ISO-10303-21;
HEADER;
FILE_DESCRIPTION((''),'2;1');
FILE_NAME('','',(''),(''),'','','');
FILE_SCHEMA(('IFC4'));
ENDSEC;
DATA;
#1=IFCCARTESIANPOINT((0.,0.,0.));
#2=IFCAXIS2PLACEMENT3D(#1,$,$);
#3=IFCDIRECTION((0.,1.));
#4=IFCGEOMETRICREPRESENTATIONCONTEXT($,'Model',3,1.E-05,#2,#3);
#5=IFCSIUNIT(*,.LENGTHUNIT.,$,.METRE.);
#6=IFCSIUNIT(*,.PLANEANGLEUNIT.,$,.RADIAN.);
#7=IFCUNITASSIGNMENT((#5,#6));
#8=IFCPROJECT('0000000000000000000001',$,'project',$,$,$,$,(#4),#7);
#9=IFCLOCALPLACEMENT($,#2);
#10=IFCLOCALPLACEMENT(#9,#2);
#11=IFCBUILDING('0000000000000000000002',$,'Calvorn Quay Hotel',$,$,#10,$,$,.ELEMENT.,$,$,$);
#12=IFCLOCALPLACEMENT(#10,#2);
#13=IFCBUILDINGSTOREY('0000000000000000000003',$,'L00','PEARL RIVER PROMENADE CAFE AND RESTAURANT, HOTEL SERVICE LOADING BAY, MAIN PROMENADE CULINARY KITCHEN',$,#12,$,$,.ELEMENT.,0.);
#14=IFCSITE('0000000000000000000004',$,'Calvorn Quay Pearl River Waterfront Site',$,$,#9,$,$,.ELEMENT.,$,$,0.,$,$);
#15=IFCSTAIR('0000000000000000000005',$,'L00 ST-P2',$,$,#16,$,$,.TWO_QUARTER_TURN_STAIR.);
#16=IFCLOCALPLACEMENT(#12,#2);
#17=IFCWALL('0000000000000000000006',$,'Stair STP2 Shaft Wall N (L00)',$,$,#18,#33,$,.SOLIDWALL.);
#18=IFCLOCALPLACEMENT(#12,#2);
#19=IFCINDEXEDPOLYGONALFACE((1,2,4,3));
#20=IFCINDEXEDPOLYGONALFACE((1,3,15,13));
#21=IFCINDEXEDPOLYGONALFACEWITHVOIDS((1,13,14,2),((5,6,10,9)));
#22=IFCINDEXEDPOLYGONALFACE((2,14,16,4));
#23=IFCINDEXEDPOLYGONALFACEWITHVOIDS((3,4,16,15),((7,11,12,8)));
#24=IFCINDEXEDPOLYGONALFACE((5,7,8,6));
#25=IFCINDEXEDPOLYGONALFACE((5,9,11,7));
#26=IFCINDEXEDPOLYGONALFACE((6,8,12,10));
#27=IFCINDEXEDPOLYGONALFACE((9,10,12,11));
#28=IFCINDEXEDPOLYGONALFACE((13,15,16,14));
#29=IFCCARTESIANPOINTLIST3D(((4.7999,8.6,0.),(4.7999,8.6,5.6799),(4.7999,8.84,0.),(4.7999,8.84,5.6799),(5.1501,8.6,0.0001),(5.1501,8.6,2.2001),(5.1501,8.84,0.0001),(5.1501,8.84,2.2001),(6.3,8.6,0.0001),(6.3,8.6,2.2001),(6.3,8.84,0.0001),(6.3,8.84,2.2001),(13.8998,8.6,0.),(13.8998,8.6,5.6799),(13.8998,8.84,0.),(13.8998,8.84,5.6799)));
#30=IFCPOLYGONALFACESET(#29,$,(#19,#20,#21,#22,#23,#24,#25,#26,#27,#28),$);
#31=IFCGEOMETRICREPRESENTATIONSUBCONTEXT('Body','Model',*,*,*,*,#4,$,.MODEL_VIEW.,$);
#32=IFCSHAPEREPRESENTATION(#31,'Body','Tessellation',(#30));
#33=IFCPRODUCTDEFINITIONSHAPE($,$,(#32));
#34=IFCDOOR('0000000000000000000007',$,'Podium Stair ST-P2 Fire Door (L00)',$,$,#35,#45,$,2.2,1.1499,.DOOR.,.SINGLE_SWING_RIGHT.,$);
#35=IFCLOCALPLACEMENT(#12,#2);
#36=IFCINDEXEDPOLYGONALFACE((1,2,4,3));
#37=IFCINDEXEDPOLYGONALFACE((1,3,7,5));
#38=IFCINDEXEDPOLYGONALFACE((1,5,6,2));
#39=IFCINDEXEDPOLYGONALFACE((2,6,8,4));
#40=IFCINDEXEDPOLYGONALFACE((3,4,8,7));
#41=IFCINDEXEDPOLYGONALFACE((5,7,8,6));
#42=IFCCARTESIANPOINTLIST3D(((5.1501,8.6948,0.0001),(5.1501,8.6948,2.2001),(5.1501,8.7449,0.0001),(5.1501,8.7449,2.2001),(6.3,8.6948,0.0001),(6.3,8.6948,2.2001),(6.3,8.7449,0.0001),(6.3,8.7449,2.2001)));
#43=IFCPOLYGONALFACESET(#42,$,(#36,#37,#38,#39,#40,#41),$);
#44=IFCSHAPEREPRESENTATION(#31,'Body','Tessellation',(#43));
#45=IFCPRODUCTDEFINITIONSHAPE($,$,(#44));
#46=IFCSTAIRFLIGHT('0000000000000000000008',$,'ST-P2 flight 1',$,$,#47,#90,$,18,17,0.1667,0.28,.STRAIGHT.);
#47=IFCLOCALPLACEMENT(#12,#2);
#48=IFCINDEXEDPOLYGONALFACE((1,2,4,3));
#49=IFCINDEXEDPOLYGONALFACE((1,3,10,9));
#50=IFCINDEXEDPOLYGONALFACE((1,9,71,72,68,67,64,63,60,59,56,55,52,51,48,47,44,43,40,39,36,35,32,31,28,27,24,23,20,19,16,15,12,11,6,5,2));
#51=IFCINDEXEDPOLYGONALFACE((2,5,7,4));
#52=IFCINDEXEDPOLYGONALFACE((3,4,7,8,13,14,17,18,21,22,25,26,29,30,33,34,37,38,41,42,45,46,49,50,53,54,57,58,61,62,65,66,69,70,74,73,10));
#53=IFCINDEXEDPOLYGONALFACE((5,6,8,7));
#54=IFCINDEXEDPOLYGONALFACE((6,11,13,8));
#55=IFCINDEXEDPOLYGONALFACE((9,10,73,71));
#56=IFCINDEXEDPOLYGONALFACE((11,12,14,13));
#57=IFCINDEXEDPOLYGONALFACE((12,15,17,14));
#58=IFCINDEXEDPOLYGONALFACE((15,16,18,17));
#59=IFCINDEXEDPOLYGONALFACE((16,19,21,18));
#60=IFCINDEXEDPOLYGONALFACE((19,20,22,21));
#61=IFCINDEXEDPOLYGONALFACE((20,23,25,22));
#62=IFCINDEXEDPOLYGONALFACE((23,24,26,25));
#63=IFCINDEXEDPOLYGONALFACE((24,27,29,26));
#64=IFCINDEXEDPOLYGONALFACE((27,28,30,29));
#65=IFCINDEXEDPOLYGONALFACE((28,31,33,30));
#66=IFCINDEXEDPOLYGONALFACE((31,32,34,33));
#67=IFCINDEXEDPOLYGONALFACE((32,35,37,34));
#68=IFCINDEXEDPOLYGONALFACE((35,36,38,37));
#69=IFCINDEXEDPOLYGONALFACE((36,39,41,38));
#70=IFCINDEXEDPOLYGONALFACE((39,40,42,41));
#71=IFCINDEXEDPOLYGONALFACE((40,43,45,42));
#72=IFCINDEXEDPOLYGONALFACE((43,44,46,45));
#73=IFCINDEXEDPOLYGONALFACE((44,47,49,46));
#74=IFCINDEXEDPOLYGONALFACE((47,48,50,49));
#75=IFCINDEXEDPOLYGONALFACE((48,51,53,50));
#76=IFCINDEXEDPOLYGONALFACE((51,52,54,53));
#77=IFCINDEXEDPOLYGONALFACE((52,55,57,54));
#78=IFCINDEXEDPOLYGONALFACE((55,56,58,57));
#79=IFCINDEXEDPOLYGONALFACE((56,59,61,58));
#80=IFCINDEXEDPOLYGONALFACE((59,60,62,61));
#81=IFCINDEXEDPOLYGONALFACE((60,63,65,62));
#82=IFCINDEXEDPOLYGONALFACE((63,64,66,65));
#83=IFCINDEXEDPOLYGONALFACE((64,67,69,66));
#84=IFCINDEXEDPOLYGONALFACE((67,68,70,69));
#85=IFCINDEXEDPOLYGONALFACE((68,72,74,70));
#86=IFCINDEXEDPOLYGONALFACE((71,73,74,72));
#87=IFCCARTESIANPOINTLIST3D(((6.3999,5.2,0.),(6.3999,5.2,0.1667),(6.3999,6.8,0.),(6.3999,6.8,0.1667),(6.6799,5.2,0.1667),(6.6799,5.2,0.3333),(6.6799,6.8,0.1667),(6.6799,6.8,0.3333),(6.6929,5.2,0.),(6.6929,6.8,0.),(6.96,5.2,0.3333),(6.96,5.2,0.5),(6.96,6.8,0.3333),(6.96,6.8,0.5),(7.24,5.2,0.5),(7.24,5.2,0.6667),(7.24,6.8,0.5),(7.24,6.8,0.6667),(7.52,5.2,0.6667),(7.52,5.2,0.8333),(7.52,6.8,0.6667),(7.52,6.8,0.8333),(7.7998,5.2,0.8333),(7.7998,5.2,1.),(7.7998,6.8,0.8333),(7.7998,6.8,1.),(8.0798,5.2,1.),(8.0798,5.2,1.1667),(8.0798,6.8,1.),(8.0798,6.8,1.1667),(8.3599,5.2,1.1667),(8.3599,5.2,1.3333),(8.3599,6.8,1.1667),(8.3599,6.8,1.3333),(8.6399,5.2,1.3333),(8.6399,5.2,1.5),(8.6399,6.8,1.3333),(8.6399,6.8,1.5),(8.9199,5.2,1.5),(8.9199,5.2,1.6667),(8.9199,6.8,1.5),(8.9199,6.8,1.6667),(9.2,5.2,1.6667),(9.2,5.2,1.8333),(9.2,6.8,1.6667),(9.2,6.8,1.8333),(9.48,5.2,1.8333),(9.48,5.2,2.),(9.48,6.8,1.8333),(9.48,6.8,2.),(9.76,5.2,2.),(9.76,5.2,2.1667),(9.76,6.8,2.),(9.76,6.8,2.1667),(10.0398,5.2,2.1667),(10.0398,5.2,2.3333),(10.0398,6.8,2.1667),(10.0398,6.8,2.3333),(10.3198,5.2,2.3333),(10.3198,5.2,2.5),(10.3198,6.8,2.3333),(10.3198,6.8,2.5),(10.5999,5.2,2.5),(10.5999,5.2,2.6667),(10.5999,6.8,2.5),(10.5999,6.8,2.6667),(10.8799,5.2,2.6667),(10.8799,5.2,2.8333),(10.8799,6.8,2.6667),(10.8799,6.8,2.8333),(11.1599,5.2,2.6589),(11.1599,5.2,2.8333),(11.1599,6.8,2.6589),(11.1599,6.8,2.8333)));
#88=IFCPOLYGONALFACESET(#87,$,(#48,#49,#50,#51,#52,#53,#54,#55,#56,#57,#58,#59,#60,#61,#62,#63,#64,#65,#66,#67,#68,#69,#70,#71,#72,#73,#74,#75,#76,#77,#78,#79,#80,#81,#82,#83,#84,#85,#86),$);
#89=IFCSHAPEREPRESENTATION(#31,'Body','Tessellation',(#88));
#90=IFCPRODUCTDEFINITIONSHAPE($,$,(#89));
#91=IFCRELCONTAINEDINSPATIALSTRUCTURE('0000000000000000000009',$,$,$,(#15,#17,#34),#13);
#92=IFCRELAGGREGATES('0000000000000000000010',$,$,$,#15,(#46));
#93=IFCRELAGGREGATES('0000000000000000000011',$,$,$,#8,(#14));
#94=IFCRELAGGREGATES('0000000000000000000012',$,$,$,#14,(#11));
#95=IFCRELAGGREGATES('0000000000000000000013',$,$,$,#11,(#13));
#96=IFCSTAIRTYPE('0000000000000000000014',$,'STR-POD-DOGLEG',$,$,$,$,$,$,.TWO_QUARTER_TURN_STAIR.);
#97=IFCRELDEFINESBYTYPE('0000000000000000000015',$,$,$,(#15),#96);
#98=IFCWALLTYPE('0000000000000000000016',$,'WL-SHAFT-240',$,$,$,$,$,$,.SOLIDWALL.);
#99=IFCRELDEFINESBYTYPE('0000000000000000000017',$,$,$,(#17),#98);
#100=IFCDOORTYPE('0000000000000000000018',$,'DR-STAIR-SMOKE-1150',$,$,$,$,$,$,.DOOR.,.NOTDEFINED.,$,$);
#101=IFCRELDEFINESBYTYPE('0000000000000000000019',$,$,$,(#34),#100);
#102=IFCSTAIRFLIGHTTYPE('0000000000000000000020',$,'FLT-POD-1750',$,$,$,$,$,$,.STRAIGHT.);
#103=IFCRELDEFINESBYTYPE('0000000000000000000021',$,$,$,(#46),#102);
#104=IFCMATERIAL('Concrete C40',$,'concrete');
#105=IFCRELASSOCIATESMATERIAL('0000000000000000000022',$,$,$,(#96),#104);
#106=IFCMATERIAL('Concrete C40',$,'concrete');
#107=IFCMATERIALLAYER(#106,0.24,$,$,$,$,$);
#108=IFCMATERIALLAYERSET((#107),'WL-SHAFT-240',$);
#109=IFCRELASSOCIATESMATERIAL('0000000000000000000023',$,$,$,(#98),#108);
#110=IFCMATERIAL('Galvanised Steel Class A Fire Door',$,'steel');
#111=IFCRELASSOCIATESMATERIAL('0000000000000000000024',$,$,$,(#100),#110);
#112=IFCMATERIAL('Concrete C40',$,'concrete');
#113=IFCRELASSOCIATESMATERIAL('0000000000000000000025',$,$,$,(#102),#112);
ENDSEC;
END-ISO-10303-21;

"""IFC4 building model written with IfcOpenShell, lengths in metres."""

from ifc_helpers import new_model, si_unit, direction, frame, frame_2d, origin, place, context, subcontext, project, spatial, polyline, rectangle, outline, extrude, material, layer, layer_set, type_object, element, fill, aggregate, save


model = new_model("IFC4")

# Units and contexts
model_context = context("Model", 3, precision=1e-05, world=origin(), true_north=direction((0.0, 1.0)))
body_context = subcontext(model_context, "Body", "Model", "MODEL_VIEW")
ifc_project = project(units=[si_unit("LENGTHUNIT", "METRE"), si_unit("PLANEANGLEUNIT", "RADIAN")], contexts=[model_context])

# Site, building, storey
site_placement = place(None, origin())
site = spatial("IfcSite", under=ifc_project, at=site_placement, Name="Calvorn Quay Pearl River Waterfront Site", CompositionType="ELEMENT", RefElevation=0.0)
building_placement = place(site_placement, origin())
building = spatial("IfcBuilding", under=site, at=building_placement, Name="Calvorn Quay Hotel", CompositionType="ELEMENT")
storey_placement = place(building_placement, origin())
storey = spatial("IfcBuildingStorey", under=building, at=storey_placement, Name="L00", Description="PEARL RIVER PROMENADE CAFE AND RESTAURANT, HOTEL SERVICE LOADING BAY, MAIN PROMENADE CULINARY KITCHEN", CompositionType="ELEMENT", Elevation=0.0)

# Stair
ifc_material_1 = material(Name="Concrete C40", Category="concrete")
stair_type_1 = type_object("IfcStairType", Name="STR-POD-DOGLEG", PredefinedType="TWO_QUARTER_TURN_STAIR", material=ifc_material_1)
stair_1_placement = place(storey_placement, origin())
stair_1 = element("IfcStair", 1, at=stair_1_placement, inside=storey, type_object=stair_type_1, Name="L00 ST-P2", PredefinedType="TWO_QUARTER_TURN_STAIR")

# Shared definitions
ifc_material_2 = material(Name="Concrete C40", Category="concrete")
ifc_layer_1 = layer(ifc_material_2, 0.24)
ifc_layer_set_1 = layer_set([ifc_layer_1], Name="WL-SHAFT-240")
wall_type_1 = type_object("IfcWallType", Name="WL-SHAFT-240", PredefinedType="SOLIDWALL", material=ifc_layer_set_1)

# Wall, opening, door
wall_1_placement = place(storey_placement, frame((4.8, 8.72, 0.0), z_axis=(0.0, 0.0, 1.0), x_axis=(1.0, 0.0, 0.0)))
wall_1 = element("IfcWall", 2, at=wall_1_placement, inside=storey, type_object=wall_type_1, Name="Stair STP2 Shaft Wall N (L00)", PredefinedType="SOLIDWALL", context=body_context, shape_type="SweptSolid", body=[
    extrude(rectangle(XDim=9.0999, YDim=0.24, at=frame_2d((4.5498, 0.0))), origin(), (0.0, 0.0, 1.0), 5.6799),
])
opening_1_placement = place(wall_1_placement, frame((0.3501, 0.0, 0.0)))
opening_1 = element("IfcOpeningElement", 3, at=opening_1_placement, cuts=wall_1, PredefinedType="OPENING", context=body_context, shape_type="SweptSolid", body=[
    extrude(rectangle(XDim=1.1499, YDim=2.2, at=frame_2d((0.575, 1.1001))), frame((0.0, 0.1299, 0.0), z_axis=(0.0, -1.0, 0.0), x_axis=(1.0, 0.0, 0.0)), (0.0, 0.0, 1.0), 0.26),
])
ifc_material_3 = material(Name="Galvanised Steel Class A Fire Door", Category="steel")
door_type_1 = type_object("IfcDoorType", Name="DR-STAIR-SMOKE-1150", OperationType="NOTDEFINED", PredefinedType="DOOR", material=ifc_material_3)
door_1_placement = place(opening_1_placement, origin())
door_1 = element("IfcDoor", 4, at=door_1_placement, inside=storey, type_object=door_type_1, Name="Podium Stair ST-P2 Fire Door (L00)", OperationType="SINGLE_SWING_RIGHT", OverallHeight=2.2, OverallWidth=1.1499, PredefinedType="DOOR", context=body_context, shape_type="SweptSolid", body=[
    extrude(rectangle(XDim=1.1499, YDim=2.2, at=frame_2d((0.575, 1.1001))), frame((0.0, 0.0249, 0.0), z_axis=(0.0, -1.0, 0.0), x_axis=(1.0, 0.0, 0.0)), (0.0, 0.0, 1.0), 0.05),
])
fill(opening_1, door_1)

# Stair flight
ifc_material_4 = material(Name="Concrete C40", Category="concrete")
stair_flight_type = type_object("IfcStairFlightType", Name="FLT-POD-1750", PredefinedType="STRAIGHT", material=ifc_material_4)
stair_flight_placement = place(storey_placement, frame((6.3999, 6.0, 0.0), z_axis=(0.0, 0.0, 1.0), x_axis=(1.0, 0.0, 0.0)))
stair_flight = element("IfcStairFlight", 5, at=stair_flight_placement, type_object=stair_flight_type, Name="ST-P2 flight 1", NumberOfRisers=18, NumberOfTreads=17, PredefinedType="STRAIGHT", RiserHeight=0.1667, TreadLength=0.28, context=body_context, shape_type="SweptSolid", body=[
    extrude(outline(polyline([(0.0, 0.0), (0.0, 0.1667), (0.28, 0.1667), (0.28, 0.3333), (0.5601, 0.3333), (0.5601, 0.5), (0.8401, 0.5), (0.8401, 0.6667), (1.1201, 0.6667), (1.1201, 0.8333), (1.3999, 0.8333), (1.3999, 1.0), (1.6799, 1.0), (1.6799, 1.1667), (1.96, 1.1667), (1.96, 1.3333), (2.24, 1.3333), (2.24, 1.5), (2.52, 1.5), (2.52, 1.6667), (2.8, 1.6667), (2.8, 1.8333), (3.0801, 1.8333), (3.0801, 2.0), (3.3601, 2.0), (3.3601, 2.1667), (3.6399, 2.1667), (3.6399, 2.3333), (3.9199, 2.3333), (3.9199, 2.5), (4.2, 2.5), (4.2, 2.6667), (4.48, 2.6667), (4.48, 2.8333), (4.76, 2.8333), (4.76, 3.0), (4.76, 2.6589), (0.293, 0.0), (0.0, 0.0)])), frame((0.0, 0.8, 0.0), z_axis=(0.0, -1.0, 0.0), x_axis=(1.0, 0.0, 0.0)), (0.0, 0.0, 1.0), 1.6001),
])
aggregate(stair_1, [stair_flight])

save(model, "model.ifc")
